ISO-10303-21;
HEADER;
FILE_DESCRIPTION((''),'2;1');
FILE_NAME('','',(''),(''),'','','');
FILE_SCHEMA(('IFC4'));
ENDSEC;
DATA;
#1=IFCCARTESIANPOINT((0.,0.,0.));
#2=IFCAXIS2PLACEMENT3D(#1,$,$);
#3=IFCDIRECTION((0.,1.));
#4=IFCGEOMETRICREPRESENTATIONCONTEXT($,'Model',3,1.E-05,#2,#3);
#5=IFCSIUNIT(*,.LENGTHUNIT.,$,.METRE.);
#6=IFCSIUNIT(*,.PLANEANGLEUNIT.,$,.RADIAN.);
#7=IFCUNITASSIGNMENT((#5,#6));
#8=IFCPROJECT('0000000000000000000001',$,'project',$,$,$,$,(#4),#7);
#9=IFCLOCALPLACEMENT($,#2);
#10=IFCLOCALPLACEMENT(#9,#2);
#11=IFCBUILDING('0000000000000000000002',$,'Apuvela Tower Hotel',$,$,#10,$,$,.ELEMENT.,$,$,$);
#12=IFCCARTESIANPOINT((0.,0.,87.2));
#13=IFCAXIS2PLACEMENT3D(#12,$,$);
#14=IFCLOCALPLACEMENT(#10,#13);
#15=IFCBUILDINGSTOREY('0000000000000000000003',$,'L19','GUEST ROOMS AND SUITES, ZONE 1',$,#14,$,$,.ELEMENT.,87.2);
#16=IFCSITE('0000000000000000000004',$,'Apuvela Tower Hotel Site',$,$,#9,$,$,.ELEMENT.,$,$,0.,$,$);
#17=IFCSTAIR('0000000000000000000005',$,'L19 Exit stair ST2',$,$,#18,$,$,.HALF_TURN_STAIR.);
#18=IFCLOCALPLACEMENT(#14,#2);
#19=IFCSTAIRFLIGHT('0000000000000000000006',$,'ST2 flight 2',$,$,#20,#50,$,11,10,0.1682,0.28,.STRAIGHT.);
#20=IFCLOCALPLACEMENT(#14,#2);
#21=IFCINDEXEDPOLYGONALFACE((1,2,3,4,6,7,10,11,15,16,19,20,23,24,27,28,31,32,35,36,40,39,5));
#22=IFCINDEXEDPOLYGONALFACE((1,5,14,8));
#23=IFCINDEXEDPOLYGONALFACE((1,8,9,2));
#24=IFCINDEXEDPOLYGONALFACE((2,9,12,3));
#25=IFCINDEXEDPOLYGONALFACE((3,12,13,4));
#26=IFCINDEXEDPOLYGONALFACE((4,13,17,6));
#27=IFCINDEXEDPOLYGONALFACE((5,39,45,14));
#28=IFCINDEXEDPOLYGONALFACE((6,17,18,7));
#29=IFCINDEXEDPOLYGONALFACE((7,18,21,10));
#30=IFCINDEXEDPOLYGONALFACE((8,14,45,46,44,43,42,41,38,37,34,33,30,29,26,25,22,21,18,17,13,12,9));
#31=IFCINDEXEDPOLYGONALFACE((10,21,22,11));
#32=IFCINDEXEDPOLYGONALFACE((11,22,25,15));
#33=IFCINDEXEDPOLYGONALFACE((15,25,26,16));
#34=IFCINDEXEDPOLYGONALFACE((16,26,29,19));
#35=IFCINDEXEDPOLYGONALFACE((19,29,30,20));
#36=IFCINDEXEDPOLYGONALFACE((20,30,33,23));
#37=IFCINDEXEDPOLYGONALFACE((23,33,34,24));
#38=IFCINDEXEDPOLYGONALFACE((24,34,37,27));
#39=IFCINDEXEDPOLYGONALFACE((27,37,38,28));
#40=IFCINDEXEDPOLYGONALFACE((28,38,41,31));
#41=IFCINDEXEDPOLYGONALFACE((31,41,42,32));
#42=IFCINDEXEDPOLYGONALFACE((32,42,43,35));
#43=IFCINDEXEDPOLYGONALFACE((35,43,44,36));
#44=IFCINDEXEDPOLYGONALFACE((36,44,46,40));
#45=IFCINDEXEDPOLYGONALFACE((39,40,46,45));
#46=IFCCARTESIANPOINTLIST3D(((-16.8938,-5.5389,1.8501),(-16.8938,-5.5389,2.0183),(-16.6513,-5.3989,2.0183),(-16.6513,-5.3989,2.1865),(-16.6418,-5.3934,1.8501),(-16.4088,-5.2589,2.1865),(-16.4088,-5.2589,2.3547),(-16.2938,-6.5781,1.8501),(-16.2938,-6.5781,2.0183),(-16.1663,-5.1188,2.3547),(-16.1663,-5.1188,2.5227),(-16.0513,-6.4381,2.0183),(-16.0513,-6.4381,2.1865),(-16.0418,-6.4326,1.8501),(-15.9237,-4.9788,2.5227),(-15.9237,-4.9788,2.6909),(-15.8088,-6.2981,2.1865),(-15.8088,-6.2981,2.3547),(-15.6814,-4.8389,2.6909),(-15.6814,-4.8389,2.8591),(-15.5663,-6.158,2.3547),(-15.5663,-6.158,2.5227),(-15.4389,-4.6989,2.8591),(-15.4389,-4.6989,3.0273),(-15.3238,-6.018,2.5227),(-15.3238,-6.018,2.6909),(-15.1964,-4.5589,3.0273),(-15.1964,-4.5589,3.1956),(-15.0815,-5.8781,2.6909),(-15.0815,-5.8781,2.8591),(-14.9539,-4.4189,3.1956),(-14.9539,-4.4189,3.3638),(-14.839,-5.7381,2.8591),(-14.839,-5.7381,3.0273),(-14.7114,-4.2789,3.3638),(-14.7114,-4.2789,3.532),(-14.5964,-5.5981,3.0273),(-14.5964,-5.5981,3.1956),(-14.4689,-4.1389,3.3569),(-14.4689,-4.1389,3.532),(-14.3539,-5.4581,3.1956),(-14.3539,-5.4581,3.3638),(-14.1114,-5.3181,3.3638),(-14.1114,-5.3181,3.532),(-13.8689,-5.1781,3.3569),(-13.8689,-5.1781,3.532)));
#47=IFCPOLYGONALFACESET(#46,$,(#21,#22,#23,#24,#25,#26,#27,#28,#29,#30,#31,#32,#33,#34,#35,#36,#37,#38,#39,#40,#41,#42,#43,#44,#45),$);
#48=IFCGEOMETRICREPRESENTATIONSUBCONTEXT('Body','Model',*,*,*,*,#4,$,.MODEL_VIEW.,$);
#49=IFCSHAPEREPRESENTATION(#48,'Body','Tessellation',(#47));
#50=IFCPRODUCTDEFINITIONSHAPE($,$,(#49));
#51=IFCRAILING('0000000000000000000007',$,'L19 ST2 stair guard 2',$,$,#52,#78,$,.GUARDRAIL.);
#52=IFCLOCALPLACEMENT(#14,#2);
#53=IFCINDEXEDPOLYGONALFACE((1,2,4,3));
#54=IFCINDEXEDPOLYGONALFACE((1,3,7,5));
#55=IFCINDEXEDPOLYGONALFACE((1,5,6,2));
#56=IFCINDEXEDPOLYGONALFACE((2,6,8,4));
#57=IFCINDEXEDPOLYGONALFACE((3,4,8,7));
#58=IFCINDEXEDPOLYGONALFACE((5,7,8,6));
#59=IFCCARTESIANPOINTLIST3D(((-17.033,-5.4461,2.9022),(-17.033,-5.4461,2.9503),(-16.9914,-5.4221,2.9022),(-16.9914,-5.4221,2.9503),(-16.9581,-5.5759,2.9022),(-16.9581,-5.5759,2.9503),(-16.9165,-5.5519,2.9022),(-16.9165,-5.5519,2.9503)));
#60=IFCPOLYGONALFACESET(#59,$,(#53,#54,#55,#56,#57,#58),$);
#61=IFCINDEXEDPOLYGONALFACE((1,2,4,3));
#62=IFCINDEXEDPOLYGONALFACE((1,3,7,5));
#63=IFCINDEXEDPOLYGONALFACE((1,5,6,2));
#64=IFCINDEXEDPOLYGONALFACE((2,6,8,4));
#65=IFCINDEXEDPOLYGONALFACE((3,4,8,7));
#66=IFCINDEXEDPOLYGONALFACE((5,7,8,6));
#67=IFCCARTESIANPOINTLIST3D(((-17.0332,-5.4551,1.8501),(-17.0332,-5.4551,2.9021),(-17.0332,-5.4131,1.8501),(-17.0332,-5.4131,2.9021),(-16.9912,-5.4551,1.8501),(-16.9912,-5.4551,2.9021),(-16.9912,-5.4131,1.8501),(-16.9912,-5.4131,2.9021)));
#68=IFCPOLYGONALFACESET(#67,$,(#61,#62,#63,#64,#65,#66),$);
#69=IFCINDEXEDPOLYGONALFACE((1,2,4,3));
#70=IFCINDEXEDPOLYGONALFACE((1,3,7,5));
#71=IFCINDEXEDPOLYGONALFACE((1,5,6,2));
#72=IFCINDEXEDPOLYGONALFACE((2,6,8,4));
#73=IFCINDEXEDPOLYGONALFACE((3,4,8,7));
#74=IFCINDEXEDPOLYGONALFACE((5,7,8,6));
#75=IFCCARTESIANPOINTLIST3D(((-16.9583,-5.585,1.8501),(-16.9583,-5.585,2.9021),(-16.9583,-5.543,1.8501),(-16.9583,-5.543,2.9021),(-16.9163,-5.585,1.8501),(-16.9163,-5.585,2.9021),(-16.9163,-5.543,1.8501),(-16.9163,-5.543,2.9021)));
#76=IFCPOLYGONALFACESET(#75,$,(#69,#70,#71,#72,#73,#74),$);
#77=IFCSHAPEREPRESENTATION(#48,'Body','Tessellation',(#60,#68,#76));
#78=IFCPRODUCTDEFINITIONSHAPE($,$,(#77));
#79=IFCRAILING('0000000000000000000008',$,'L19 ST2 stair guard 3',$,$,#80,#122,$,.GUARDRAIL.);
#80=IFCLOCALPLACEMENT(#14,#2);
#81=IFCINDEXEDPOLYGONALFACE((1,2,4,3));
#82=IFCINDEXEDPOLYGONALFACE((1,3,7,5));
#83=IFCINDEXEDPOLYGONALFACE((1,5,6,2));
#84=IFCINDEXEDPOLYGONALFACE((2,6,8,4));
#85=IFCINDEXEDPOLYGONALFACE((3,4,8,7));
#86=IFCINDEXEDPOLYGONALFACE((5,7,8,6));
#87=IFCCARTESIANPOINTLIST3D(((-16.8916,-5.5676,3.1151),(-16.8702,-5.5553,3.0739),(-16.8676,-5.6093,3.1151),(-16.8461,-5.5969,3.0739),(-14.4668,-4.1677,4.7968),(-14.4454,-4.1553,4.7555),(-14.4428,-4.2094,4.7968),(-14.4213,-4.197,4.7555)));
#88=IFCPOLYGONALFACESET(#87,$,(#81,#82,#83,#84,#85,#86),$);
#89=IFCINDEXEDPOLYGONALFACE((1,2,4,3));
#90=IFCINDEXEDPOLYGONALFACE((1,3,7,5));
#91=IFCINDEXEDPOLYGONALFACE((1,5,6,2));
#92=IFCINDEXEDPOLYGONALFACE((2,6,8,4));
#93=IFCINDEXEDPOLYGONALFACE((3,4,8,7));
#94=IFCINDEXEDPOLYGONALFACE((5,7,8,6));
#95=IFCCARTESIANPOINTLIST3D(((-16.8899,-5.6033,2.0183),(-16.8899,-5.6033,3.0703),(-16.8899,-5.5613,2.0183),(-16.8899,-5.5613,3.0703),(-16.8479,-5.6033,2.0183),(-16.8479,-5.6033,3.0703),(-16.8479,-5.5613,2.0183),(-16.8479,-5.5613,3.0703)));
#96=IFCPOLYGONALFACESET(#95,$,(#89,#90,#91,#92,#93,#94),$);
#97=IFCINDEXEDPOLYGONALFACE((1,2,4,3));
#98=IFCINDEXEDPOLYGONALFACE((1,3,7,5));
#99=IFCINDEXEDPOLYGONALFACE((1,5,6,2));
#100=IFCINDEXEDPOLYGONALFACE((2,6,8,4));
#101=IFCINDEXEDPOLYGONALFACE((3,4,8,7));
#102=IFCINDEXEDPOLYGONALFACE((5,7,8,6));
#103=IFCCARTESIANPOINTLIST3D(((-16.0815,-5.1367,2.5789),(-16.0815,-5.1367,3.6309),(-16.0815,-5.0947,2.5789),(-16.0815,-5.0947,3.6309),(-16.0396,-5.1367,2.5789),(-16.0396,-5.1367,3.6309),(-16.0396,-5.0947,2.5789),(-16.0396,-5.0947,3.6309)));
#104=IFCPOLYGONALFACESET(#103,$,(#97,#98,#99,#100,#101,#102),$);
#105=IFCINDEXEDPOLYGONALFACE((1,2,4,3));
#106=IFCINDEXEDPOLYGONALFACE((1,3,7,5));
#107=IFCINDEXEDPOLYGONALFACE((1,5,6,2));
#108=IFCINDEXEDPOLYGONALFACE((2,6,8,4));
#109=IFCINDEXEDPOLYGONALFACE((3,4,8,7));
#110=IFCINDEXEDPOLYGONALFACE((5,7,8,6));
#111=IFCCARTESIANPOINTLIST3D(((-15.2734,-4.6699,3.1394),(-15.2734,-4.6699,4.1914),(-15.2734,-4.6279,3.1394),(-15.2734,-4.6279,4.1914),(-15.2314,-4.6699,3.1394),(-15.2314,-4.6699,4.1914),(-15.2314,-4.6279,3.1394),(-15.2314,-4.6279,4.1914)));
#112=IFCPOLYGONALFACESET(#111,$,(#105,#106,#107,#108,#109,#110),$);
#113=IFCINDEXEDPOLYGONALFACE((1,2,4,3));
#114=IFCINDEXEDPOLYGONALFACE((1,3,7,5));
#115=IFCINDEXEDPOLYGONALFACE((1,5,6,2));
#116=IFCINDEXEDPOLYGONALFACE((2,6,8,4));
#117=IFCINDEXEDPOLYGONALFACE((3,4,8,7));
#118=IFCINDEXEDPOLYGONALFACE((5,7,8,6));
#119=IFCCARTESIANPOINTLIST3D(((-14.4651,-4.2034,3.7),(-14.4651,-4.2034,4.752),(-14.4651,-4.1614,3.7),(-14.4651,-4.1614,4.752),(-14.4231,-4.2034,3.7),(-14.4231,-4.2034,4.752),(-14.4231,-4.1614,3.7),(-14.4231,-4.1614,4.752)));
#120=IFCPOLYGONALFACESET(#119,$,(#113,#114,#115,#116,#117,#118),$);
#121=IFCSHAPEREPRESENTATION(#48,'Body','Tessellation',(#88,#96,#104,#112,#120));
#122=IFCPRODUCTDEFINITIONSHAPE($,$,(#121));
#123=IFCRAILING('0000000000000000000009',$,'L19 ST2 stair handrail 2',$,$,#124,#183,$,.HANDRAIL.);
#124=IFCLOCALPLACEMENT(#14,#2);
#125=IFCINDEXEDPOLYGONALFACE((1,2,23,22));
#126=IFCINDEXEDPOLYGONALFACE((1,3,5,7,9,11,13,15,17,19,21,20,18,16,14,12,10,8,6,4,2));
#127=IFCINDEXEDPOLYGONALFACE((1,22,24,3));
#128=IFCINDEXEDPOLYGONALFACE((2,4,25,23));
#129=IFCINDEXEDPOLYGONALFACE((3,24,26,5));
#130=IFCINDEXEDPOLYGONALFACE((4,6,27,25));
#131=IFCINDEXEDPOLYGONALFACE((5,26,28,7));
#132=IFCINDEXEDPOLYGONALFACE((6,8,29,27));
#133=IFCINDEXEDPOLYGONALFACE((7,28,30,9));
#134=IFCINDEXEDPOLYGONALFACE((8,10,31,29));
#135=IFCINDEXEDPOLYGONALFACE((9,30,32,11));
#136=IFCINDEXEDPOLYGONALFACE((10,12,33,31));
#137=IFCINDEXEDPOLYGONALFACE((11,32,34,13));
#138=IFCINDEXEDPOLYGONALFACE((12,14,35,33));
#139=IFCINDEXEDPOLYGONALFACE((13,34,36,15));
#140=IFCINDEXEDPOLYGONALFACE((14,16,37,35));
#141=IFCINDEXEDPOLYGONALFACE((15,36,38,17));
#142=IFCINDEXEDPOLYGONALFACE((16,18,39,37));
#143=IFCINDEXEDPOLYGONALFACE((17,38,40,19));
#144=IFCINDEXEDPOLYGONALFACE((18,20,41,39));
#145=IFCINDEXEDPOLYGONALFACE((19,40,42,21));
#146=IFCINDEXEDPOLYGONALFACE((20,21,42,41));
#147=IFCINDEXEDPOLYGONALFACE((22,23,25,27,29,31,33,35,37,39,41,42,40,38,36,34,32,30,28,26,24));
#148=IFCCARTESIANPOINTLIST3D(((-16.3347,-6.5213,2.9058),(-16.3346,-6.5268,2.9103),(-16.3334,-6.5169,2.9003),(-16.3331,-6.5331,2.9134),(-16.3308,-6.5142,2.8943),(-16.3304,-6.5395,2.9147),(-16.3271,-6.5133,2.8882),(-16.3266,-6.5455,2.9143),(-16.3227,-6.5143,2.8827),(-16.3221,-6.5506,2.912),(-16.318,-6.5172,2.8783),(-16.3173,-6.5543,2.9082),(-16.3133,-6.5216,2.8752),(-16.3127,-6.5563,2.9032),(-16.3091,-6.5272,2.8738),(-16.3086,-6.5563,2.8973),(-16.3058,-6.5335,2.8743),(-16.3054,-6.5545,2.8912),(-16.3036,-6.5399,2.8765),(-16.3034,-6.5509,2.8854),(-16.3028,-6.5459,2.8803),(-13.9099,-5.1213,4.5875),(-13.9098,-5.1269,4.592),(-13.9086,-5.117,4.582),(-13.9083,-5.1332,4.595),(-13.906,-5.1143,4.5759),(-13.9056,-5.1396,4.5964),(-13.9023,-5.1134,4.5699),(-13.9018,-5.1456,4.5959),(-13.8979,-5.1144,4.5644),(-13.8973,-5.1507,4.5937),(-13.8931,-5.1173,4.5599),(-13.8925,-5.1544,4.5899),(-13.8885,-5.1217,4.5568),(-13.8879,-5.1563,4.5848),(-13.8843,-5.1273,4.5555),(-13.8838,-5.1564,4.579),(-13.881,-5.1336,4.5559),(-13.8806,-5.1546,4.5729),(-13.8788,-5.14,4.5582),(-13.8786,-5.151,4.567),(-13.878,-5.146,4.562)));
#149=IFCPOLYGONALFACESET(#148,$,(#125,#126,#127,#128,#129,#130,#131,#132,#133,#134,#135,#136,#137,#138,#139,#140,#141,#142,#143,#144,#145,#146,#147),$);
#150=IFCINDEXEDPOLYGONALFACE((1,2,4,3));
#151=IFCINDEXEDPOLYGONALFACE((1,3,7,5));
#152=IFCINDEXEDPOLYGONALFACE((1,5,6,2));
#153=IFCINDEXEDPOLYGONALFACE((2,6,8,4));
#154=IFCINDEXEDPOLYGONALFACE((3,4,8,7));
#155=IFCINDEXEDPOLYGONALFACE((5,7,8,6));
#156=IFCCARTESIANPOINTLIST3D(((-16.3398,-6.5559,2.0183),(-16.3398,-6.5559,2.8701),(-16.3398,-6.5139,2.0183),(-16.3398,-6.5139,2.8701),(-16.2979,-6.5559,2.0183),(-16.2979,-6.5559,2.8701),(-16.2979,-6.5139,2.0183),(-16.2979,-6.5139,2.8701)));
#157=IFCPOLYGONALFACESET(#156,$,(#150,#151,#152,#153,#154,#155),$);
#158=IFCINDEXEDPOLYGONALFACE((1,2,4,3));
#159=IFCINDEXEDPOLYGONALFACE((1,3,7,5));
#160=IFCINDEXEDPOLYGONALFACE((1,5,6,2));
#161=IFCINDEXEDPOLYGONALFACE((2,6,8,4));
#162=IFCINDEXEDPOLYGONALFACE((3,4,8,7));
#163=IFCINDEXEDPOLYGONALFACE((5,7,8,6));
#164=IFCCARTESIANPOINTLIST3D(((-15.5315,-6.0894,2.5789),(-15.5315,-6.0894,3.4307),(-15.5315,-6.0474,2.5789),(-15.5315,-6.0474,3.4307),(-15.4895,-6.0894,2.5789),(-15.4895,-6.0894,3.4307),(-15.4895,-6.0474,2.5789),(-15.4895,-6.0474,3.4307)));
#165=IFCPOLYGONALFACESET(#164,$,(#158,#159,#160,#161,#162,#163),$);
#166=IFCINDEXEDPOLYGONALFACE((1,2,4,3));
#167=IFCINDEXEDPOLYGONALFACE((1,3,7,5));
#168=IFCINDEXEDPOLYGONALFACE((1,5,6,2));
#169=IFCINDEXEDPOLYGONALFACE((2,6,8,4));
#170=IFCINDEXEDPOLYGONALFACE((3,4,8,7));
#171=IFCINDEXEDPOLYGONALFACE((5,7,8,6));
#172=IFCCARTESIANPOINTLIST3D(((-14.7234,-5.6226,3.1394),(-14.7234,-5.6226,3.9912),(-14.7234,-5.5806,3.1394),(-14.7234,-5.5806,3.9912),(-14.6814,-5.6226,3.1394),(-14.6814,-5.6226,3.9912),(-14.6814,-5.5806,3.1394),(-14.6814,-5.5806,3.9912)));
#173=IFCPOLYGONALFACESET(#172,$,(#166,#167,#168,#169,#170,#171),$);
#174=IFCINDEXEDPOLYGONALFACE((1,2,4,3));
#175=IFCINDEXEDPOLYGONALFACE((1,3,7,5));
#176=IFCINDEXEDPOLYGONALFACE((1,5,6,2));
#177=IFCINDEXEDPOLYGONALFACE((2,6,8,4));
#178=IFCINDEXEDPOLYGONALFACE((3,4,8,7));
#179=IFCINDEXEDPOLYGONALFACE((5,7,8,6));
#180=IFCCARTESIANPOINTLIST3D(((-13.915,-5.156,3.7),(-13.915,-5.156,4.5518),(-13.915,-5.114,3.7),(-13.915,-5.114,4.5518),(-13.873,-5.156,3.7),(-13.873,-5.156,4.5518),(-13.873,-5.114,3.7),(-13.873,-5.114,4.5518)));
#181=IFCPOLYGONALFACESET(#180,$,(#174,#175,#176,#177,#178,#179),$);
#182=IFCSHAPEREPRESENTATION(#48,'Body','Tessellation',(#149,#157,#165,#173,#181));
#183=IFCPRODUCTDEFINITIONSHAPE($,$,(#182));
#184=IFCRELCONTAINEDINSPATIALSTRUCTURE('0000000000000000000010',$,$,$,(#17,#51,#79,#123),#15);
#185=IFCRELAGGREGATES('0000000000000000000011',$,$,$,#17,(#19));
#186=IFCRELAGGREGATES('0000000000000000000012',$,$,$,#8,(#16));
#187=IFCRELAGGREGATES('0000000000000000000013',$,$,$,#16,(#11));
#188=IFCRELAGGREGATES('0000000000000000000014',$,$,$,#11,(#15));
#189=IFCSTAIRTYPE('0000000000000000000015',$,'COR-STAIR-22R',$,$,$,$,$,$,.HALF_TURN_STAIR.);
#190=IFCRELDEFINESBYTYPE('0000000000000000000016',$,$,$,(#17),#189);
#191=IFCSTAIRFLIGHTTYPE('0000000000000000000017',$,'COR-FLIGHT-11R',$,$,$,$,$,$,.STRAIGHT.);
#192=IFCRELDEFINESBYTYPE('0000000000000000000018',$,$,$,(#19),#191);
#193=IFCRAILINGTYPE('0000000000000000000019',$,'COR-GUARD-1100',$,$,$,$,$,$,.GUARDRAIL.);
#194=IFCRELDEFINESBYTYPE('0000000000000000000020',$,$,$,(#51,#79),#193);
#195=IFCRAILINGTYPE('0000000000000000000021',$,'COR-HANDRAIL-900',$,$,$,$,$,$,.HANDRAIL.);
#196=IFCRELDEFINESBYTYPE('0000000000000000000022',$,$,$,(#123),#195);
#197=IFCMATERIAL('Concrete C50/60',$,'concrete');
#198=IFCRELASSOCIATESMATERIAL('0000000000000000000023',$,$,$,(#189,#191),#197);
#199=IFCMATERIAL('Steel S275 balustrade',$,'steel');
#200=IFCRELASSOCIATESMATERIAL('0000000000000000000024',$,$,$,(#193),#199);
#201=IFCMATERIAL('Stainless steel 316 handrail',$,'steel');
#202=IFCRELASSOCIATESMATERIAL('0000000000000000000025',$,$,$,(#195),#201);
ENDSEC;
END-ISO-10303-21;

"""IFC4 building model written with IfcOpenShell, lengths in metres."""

from ifc_helpers import new_model, si_unit, direction, frame, origin, origin_2d, place, context, subcontext, project, spatial, polyline, rectangle, circle, outline, extrude, material, type_object, element, aggregate, save


model = new_model("IFC4")

# Units and contexts
model_context = context("Model", 3, precision=1e-05, world=origin(), true_north=direction((0.0, 1.0)))
body_context = subcontext(model_context, "Body", "Model", "MODEL_VIEW")
ifc_project = project(units=[si_unit("LENGTHUNIT", "METRE"), si_unit("PLANEANGLEUNIT", "RADIAN")], contexts=[model_context])

# Site, building, storey
site_placement = place(None, origin())
site = spatial("IfcSite", under=ifc_project, at=site_placement, Name="Apuvela Tower Hotel Site", CompositionType="ELEMENT", RefElevation=0.0)
building_placement = place(site_placement, origin())
building = spatial("IfcBuilding", under=site, at=building_placement, Name="Apuvela Tower Hotel", CompositionType="ELEMENT")
storey_placement = place(building_placement, frame((0.0, 0.0, 87.2)))
storey = spatial("IfcBuildingStorey", under=building, at=storey_placement, Name="L19", Description="GUEST ROOMS AND SUITES, ZONE 1", CompositionType="ELEMENT", Elevation=87.2)

# Shared definitions
ifc_material_1 = material(Name="Concrete C50/60", Category="concrete")

# Stair, stair flight
stair_type = type_object("IfcStairType", Name="COR-STAIR-22R", PredefinedType="HALF_TURN_STAIR", material=ifc_material_1)
stair_placement = place(storey_placement, origin())
stair = element("IfcStair", 1, at=stair_placement, inside=storey, type_object=stair_type, Name="L19 Exit stair ST2", PredefinedType="HALF_TURN_STAIR")
stair_flight_type = type_object("IfcStairFlightType", Name="COR-FLIGHT-11R", PredefinedType="STRAIGHT", material=ifc_material_1)
stair_flight_placement = place(storey_placement, frame((-16.5938, -6.0586, 1.8501), z_axis=(0.0, 0.0, 1.0), x_axis=(0.866025, 0.5, 0.0)))
stair_flight = element("IfcStairFlight", 2, at=stair_flight_placement, type_object=stair_flight_type, Name="ST2 flight 2", NumberOfRisers=11, NumberOfTreads=10, PredefinedType="STRAIGHT", RiserHeight=0.1682, TreadLength=0.28, context=body_context, shape_type="SweptSolid", body=[
    extrude(outline(polyline([(0.0, 0.0), (0.0, 0.1682), (0.28, 0.1682), (0.28, 0.3364), (0.5601, 0.3364), (0.5601, 0.5046), (0.8401, 0.5046), (0.8401, 0.6726), (1.1201, 0.6726), (1.1201, 0.8408), (1.3999, 0.8408), (1.3999, 1.009), (1.6799, 1.009), (1.6799, 1.1772), (1.96, 1.1772), (1.96, 1.3455), (2.24, 1.3455), (2.24, 1.5137), (2.52, 1.5137), (2.52, 1.6819), (2.8, 1.6819), (2.8, 1.8501), (2.8, 1.5068), (0.291, 0.0), (0.0, 0.0)])), frame((0.0, 0.6001, 0.0), z_axis=(0.0, -1.0, 0.0), x_axis=(1.0, 0.0, 0.0)), (0.0, 0.0, 1.0), 1.2),
])
aggregate(stair, [stair_flight])

# Railings
ifc_material_2 = material(Name="Steel S275 balustrade", Category="steel")
railing_type_1 = type_object("IfcRailingType", Name="COR-GUARD-1100", PredefinedType="GUARDRAIL", material=ifc_material_2)
railing_1_placement = place(storey_placement, frame((-17.0122, -5.4341, 1.8501)))
element("IfcRailing", 3, at=railing_1_placement, inside=storey, type_object=railing_type_1, Name="L19 ST2 stair guard 2", PredefinedType="GUARDRAIL", context=body_context, shape_type="SweptSolid", body=[
    extrude(rectangle(XDim=0.0481, YDim=0.0481, at=origin_2d()), frame((0.0, 0.0, 1.0762), z_axis=(0.499816, -0.866131, 0.0), x_axis=(0.866131, 0.499816, 0.0)), (0.0, 0.0, 1.0), 0.1499),
    extrude(rectangle(XDim=0.042, YDim=0.042, at=origin_2d()), origin(), (0.0, 0.0, 1.0), 1.052),
    extrude(rectangle(XDim=0.042, YDim=0.042, at=origin_2d()), frame((0.075, -0.1299, 0.0)), (0.0, 0.0, 1.0), 1.052),
])
railing_2_placement = place(storey_placement, frame((-16.8689, -5.5823, 2.0183)))
element("IfcRailing", 4, at=railing_2_placement, inside=storey, type_object=railing_type_1, Name="L19 ST2 stair guard 3", PredefinedType="GUARDRAIL", context=body_context, shape_type="SweptSolid", body=[
    extrude(rectangle(XDim=0.0481, YDim=0.0481, at=origin_2d()), frame((0.0, 0.0, 1.0762), z_axis=(0.742419, 0.428618, 0.514879), x_axis=(-0.499984, 0.866035, 0.0)), (0.0, 0.0, 1.0), 3.2661),
    extrude(rectangle(XDim=0.042, YDim=0.042, at=origin_2d()), origin(), (0.0, 0.0, 1.0), 1.052),
    extrude(rectangle(XDim=0.042, YDim=0.042, at=origin_2d()), frame((0.8083, 0.4666, 0.5605)), (0.0, 0.0, 1.0), 1.052),
    extrude(rectangle(XDim=0.042, YDim=0.042, at=origin_2d()), frame((1.6165, 0.9333, 1.1211)), (0.0, 0.0, 1.0), 1.052),
    extrude(rectangle(XDim=0.042, YDim=0.042, at=origin_2d()), frame((2.4248, 1.3999, 1.6816)), (0.0, 0.0, 1.0), 1.052),
])
ifc_material_3 = material(Name="Stainless steel 316 handrail", Category="steel")
railing_type_2 = type_object("IfcRailingType", Name="COR-HANDRAIL-900", PredefinedType="HANDRAIL", material=ifc_material_3)
railing_3_placement = place(storey_placement, frame((-16.3188, -6.5349, 2.0183)))
element("IfcRailing", 5, at=railing_3_placement, inside=storey, type_object=railing_type_2, Name="L19 ST2 stair handrail 2", PredefinedType="HANDRAIL", context=body_context, shape_type="SweptSolid", body=[
    extrude(circle(Radius=0.0239, at=origin_2d()), frame((0.0, 0.0, 0.876), z_axis=(0.742419, 0.428618, 0.514879), x_axis=(-0.499984, 0.866035, 0.0)), (0.0, 0.0, 1.0), 3.2661),
    extrude(rectangle(XDim=0.042, YDim=0.042, at=origin_2d()), origin(), (0.0, 0.0, 1.0), 0.8518),
    extrude(rectangle(XDim=0.042, YDim=0.042, at=origin_2d()), frame((0.8083, 0.4666, 0.5605)), (0.0, 0.0, 1.0), 0.8518),
    extrude(rectangle(XDim=0.042, YDim=0.042, at=origin_2d()), frame((1.6165, 0.9333, 1.1211)), (0.0, 0.0, 1.0), 0.8518),
    extrude(rectangle(XDim=0.042, YDim=0.042, at=origin_2d()), frame((2.4248, 1.3999, 1.6816)), (0.0, 0.0, 1.0), 0.8518),
])

save(model, "model.ifc")
